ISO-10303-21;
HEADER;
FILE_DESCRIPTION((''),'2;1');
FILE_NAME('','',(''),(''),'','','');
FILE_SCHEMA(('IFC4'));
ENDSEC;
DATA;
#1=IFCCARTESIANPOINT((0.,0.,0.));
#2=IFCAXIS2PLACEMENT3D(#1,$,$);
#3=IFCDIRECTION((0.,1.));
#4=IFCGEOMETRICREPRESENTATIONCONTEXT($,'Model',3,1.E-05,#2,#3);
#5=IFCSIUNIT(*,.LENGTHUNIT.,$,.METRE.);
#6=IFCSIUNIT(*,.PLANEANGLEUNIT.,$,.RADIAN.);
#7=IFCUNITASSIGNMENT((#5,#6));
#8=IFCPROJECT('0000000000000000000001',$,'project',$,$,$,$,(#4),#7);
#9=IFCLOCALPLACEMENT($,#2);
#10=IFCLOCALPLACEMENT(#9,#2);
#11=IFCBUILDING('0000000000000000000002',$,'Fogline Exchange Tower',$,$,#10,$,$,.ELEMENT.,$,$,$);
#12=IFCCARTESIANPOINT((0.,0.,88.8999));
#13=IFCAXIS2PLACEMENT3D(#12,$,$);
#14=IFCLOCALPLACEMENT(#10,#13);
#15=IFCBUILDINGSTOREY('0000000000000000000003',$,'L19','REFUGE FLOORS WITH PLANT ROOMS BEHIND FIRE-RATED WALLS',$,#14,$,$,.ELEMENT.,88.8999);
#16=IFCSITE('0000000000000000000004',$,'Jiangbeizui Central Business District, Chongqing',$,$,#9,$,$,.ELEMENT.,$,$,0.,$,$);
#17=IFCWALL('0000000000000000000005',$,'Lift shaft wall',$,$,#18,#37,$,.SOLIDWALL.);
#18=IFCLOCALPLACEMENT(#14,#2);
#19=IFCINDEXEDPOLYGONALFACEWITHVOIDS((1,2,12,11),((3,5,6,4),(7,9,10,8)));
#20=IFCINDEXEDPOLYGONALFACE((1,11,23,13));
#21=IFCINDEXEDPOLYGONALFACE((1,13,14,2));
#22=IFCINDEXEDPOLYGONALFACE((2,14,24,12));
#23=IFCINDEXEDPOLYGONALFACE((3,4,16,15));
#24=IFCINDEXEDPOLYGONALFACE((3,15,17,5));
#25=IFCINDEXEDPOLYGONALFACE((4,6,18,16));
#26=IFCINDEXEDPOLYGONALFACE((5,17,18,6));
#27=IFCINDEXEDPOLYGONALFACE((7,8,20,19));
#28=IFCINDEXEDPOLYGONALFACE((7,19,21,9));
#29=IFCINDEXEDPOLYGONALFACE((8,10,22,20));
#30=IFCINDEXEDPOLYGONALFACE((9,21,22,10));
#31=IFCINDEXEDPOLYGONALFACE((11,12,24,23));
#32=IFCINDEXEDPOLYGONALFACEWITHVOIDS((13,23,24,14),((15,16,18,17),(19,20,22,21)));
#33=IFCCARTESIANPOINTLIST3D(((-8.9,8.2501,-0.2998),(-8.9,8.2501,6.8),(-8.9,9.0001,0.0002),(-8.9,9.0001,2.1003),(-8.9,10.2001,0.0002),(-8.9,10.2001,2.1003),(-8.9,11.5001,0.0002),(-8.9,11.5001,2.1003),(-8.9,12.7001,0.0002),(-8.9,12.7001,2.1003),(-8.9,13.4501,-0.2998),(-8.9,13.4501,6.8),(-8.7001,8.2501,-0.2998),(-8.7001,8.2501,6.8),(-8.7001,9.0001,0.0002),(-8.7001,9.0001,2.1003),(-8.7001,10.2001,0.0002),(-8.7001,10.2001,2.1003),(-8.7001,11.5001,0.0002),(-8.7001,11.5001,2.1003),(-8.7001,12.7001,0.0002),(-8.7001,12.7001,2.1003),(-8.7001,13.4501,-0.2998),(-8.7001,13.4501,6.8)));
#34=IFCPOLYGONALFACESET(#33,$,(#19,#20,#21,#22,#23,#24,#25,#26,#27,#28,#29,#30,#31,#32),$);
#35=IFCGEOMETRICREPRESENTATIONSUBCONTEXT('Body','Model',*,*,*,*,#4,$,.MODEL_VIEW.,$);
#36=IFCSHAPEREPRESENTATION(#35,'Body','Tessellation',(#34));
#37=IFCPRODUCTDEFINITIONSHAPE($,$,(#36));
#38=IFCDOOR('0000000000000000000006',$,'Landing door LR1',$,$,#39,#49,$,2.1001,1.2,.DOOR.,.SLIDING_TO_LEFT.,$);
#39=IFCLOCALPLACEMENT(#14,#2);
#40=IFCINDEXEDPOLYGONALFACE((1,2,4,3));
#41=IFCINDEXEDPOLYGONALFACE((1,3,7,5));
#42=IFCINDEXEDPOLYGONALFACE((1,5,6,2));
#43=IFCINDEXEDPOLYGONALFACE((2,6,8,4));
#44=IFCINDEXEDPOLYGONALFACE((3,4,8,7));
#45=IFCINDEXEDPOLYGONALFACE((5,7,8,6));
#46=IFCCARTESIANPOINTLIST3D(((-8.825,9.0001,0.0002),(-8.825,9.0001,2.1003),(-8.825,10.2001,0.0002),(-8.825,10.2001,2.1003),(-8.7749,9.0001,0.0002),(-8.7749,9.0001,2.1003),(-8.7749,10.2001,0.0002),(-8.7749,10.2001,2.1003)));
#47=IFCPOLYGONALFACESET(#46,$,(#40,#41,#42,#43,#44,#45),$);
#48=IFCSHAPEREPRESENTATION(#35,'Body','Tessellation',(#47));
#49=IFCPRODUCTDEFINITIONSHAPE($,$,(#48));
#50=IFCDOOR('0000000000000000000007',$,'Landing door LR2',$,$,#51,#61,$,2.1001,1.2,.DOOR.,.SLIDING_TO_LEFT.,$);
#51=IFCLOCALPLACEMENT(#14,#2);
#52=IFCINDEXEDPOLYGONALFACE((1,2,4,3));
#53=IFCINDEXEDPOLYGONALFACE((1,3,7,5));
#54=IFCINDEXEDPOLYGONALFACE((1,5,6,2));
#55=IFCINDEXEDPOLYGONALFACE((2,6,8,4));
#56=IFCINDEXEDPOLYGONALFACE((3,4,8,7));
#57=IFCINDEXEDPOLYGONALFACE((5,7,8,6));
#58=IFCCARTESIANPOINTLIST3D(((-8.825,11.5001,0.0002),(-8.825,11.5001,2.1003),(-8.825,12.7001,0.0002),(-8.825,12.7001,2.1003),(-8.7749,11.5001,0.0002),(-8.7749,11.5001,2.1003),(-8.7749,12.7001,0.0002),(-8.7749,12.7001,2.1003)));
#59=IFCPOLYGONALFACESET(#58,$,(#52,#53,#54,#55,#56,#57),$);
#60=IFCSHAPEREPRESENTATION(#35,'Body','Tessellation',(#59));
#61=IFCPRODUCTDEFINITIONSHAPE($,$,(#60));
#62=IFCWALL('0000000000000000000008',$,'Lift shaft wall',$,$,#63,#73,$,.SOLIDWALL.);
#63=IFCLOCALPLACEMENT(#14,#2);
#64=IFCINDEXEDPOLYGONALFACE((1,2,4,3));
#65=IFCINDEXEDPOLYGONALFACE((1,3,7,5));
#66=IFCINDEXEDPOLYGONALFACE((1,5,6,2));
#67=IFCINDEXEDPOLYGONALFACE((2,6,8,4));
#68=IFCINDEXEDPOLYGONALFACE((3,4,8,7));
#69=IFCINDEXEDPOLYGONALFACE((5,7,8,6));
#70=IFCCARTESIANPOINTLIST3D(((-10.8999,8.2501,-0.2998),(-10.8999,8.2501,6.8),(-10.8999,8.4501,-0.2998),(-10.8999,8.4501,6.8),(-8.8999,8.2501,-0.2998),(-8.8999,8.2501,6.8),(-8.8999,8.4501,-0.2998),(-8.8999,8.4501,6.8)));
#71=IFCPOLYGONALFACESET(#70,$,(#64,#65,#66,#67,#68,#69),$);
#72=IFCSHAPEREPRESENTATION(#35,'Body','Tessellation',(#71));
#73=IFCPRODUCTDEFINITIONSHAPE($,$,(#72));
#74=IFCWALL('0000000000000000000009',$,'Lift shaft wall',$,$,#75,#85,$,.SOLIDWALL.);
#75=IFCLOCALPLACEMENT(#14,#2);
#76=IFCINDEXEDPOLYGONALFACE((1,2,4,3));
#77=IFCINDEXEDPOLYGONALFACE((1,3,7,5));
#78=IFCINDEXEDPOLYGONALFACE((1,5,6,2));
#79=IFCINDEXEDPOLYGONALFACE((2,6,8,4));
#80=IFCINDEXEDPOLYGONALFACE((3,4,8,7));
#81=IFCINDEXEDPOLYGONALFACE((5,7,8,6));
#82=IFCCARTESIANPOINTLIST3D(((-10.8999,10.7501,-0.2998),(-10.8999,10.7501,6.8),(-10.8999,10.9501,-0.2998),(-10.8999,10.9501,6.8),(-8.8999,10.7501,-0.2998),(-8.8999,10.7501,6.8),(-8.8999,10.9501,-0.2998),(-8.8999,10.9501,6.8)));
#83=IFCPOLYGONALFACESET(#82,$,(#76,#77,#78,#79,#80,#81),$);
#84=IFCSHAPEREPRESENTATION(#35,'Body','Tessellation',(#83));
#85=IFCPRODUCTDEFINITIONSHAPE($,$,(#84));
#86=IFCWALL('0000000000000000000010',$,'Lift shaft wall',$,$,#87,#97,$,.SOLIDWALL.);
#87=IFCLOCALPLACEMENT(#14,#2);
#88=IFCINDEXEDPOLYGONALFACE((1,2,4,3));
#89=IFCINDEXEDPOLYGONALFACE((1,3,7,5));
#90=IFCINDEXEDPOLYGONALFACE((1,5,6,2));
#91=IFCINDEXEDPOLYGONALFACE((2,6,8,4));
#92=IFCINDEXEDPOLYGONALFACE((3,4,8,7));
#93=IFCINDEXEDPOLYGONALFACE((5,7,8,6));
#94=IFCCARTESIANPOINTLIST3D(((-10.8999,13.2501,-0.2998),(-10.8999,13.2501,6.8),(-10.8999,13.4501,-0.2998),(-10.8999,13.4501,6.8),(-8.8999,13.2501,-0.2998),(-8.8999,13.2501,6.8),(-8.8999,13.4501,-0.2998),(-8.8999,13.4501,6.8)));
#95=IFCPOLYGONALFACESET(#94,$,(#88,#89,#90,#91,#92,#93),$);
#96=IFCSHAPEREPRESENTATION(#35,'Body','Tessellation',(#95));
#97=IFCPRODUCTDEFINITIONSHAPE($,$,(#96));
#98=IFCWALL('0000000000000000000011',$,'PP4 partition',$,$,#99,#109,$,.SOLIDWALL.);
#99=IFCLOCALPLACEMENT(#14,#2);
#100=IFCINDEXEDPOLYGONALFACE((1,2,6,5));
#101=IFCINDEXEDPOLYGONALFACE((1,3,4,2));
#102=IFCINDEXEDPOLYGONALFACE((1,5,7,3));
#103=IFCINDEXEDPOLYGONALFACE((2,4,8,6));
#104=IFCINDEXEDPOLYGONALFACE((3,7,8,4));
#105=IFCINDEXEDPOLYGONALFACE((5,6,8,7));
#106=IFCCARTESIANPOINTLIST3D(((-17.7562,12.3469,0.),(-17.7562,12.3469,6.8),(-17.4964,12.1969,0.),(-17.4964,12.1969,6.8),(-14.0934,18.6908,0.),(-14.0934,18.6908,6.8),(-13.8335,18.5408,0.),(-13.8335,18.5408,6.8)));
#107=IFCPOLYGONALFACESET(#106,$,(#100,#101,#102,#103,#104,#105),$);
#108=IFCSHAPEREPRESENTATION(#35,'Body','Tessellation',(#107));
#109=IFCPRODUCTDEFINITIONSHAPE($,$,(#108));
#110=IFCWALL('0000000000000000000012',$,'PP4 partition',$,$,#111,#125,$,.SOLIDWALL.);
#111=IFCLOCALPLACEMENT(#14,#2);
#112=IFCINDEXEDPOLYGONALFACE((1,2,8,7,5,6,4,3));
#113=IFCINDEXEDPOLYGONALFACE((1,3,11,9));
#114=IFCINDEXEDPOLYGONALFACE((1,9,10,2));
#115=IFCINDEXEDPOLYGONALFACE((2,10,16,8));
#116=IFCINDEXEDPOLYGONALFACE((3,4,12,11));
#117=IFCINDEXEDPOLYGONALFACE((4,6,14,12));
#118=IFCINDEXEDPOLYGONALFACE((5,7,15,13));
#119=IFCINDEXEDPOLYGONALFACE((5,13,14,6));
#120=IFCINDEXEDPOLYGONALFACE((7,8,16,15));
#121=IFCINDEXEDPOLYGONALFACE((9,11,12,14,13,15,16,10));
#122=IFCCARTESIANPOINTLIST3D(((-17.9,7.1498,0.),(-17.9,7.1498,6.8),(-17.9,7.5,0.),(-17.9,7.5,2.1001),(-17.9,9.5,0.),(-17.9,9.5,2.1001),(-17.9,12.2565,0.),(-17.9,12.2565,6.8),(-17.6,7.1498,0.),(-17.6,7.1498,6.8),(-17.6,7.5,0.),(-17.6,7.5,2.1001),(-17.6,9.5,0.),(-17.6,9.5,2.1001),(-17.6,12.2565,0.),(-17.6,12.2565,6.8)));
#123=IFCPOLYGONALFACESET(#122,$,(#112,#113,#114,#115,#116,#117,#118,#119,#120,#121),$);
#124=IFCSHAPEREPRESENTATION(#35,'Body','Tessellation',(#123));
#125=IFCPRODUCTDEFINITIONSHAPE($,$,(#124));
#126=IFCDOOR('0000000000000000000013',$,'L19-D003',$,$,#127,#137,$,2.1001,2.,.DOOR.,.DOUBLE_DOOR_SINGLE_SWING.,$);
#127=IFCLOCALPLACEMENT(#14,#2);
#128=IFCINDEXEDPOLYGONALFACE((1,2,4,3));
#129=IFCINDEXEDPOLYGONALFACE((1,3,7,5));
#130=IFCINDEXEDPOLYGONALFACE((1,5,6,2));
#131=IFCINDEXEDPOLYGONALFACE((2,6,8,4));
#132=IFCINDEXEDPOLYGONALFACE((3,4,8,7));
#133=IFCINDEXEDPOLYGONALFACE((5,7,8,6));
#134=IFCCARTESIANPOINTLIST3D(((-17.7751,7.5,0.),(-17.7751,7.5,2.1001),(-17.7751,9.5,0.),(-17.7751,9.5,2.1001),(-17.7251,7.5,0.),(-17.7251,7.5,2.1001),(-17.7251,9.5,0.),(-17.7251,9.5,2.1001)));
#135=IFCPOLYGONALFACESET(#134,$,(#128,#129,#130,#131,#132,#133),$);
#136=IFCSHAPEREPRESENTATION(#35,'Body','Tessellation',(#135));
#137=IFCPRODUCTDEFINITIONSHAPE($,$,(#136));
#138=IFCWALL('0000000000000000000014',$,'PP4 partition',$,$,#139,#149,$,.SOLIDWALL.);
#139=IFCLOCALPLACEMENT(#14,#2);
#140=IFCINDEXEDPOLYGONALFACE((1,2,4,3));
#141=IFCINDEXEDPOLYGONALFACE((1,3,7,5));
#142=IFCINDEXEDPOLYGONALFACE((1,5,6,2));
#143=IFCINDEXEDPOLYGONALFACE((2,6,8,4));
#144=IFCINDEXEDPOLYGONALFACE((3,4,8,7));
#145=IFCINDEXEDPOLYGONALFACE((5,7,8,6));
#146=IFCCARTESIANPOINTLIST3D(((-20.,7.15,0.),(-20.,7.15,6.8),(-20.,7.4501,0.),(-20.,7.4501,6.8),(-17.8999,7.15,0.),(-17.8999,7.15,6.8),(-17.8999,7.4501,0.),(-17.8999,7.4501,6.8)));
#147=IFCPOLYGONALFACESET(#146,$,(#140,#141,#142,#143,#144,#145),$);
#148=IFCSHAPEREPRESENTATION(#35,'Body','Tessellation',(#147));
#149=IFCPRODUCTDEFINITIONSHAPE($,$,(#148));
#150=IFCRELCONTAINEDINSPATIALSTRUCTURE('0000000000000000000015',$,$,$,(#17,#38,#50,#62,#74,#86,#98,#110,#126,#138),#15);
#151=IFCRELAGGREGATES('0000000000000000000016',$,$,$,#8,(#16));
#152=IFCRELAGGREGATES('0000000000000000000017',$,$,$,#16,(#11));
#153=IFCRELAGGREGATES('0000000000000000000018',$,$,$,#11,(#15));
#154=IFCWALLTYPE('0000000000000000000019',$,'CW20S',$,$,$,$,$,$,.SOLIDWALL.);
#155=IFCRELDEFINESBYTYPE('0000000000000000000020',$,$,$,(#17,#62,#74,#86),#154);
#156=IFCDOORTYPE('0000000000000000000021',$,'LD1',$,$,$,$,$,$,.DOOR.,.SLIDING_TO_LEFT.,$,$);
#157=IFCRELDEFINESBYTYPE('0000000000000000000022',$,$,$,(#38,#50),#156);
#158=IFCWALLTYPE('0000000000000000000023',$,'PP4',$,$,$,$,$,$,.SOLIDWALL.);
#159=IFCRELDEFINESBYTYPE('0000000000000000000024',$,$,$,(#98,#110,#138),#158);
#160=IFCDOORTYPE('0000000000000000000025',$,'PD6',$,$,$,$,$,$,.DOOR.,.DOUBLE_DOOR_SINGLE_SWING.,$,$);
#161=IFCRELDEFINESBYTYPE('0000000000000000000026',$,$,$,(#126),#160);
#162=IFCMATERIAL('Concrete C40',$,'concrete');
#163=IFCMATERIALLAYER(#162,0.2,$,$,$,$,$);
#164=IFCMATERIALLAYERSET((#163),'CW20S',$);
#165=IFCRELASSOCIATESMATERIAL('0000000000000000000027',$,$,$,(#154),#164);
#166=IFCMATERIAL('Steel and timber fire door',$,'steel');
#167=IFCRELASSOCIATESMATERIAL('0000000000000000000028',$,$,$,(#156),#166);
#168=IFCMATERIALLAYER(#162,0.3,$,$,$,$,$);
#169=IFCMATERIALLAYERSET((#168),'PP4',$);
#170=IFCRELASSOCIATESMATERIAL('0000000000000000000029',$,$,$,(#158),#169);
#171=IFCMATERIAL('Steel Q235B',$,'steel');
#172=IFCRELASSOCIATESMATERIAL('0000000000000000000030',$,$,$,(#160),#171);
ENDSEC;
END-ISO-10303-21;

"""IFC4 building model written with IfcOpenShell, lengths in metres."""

from ifc_helpers import new_model, si_unit, direction, frame, frame_2d, origin, place, context, subcontext, project, spatial, rectangle, extrude, material, layer, layer_set, type_object, element, fill, save


model = new_model("IFC4")

# Units and contexts
model_context = context("Model", 3, precision=1e-05, world=origin(), true_north=direction((0.0, 1.0)))
body_context = subcontext(model_context, "Body", "Model", "MODEL_VIEW")
ifc_project = project(units=[si_unit("LENGTHUNIT", "METRE"), si_unit("PLANEANGLEUNIT", "RADIAN")], contexts=[model_context])

# Site, building, storey
site_placement = place(None, origin())
site = spatial("IfcSite", under=ifc_project, at=site_placement, Name="Jiangbeizui Central Business District, Chongqing", CompositionType="ELEMENT", RefElevation=0.0)
building_placement = place(site_placement, origin())
building = spatial("IfcBuilding", under=site, at=building_placement, Name="Fogline Exchange Tower", CompositionType="ELEMENT")
storey_placement = place(building_placement, frame((0.0, 0.0, 88.8999)))
storey = spatial("IfcBuildingStorey", under=building, at=storey_placement, Name="L19", Description="REFUGE FLOORS WITH PLANT ROOMS BEHIND FIRE-RATED WALLS", CompositionType="ELEMENT", Elevation=88.8999)

# Shared definitions
ifc_material_1 = material(Name="Concrete C40", Category="concrete")

# Shared definitions
ifc_material_2 = material(Name="Steel and timber fire door", Category="steel")

# Wall, openings, doors
ifc_layer_1 = layer(ifc_material_1, 0.2)
ifc_layer_set_1 = layer_set([ifc_layer_1], Name="CW20S")
wall_type_1 = type_object("IfcWallType", Name="CW20S", PredefinedType="SOLIDWALL", material=ifc_layer_set_1)
wall_1_placement = place(storey_placement, frame((-8.8, 8.25, -0.2998), z_axis=(0.0, 0.0, 1.0), x_axis=(0.0, 1.0, 0.0)))
wall_1 = element("IfcWall", 1, at=wall_1_placement, inside=storey, type_object=wall_type_1, Name="Lift shaft wall", PredefinedType="SOLIDWALL", context=body_context, shape_type="SweptSolid", body=[
    extrude(rectangle(XDim=5.2, YDim=0.2, at=frame_2d((2.6001, 0.0))), origin(), (0.0, 0.0, 1.0), 7.0999),
])
opening_1_placement = place(wall_1_placement, frame((0.75, 0.0, 0.3)))
opening_1 = element("IfcOpeningElement", 2, at=opening_1_placement, cuts=wall_1, PredefinedType="OPENING", context=body_context, shape_type="SweptSolid", body=[
    extrude(rectangle(XDim=1.2, YDim=2.1001, at=frame_2d((0.6001, 1.05))), frame((0.0, 0.1099, 0.0), z_axis=(0.0, -1.0, 0.0), x_axis=(1.0, 0.0, 0.0)), (0.0, 0.0, 1.0), 0.22),
])
opening_2_placement = place(wall_1_placement, frame((3.25, 0.0, 0.3)))
opening_2 = element("IfcOpeningElement", 3, at=opening_2_placement, cuts=wall_1, PredefinedType="OPENING", context=body_context, shape_type="SweptSolid", body=[
    extrude(rectangle(XDim=1.2, YDim=2.1001, at=frame_2d((0.6001, 1.05))), frame((0.0, 0.1099, 0.0), z_axis=(0.0, -1.0, 0.0), x_axis=(1.0, 0.0, 0.0)), (0.0, 0.0, 1.0), 0.22),
])
door_type_1 = type_object("IfcDoorType", Name="LD1", OperationType="SLIDING_TO_LEFT", PredefinedType="DOOR", material=ifc_material_2)
door_1_placement = place(opening_1_placement, origin())
door_1 = element("IfcDoor", 4, at=door_1_placement, inside=storey, type_object=door_type_1, Name="Landing door LR1", OperationType="SLIDING_TO_LEFT", OverallHeight=2.1001, OverallWidth=1.2, PredefinedType="DOOR", context=body_context, shape_type="SweptSolid", body=[
    extrude(rectangle(XDim=1.2, YDim=2.1001, at=frame_2d((0.6001, 1.05))), frame((0.0, 0.0249, 0.0), z_axis=(0.0, -1.0, 0.0), x_axis=(1.0, 0.0, 0.0)), (0.0, 0.0, 1.0), 0.05),
])
fill(opening_1, door_1)
door_2_placement = place(opening_2_placement, origin())
door_2 = element("IfcDoor", 5, at=door_2_placement, inside=storey, type_object=door_type_1, Name="Landing door LR2", OperationType="SLIDING_TO_LEFT", OverallHeight=2.1001, OverallWidth=1.2, PredefinedType="DOOR", context=body_context, shape_type="SweptSolid", body=[
    extrude(rectangle(XDim=1.2, YDim=2.1001, at=frame_2d((0.6001, 1.05))), frame((0.0, 0.0249, 0.0), z_axis=(0.0, -1.0, 0.0), x_axis=(1.0, 0.0, 0.0)), (0.0, 0.0, 1.0), 0.05),
])
fill(opening_2, door_2)

# Walls
for number, where, z_axis, x_axis, name in (
    (6, (-10.8999, 8.3501, -0.2998), (0.0, 0.0, 1.0), (1.0, 0.0, 0.0), "Lift shaft wall"),
    (7, (-10.8999, 10.8501, -0.2998), (0.0, 0.0, 1.0), (1.0, 0.0, 0.0), "Lift shaft wall"),
    (8, (-10.8999, 13.3501, -0.2998), (0.0, 0.0, 1.0), (1.0, 0.0, 0.0), "Lift shaft wall"),
):
    element("IfcWall", number, at=place(storey_placement, frame(where, z_axis=z_axis, x_axis=x_axis)), inside=storey, type_object=wall_type_1, Name=name, PredefinedType="SOLIDWALL", context=body_context, shape_type="SweptSolid", body=[
        extrude(rectangle(XDim=2.0, YDim=0.2, at=frame_2d((1.0, 0.0))), origin(), (0.0, 0.0, 1.0), 7.0999),
    ])
ifc_layer_2 = layer(ifc_material_1, 0.3)
ifc_layer_set_2 = layer_set([ifc_layer_2], Name="PP4")
wall_type_2 = type_object("IfcWallType", Name="PP4", PredefinedType="SOLIDWALL", material=ifc_layer_set_2)
wall_2_placement = place(storey_placement, frame((-17.6262, 12.272, 0.0), z_axis=(0.0, 0.0, 1.0), x_axis=(0.500014, 0.866017, 0.0)))
element("IfcWall", 9, at=wall_2_placement, inside=storey, type_object=wall_type_2, Name="PP4 partition", PredefinedType="SOLIDWALL", context=body_context, shape_type="SweptSolid", body=[
    extrude(rectangle(XDim=7.3254, YDim=0.3, at=frame_2d((3.6626, 0.0))), origin(), (0.0, 0.0, 1.0), 6.8),
])

# Wall, opening, door
wall_3_placement = place(storey_placement, frame((-17.75, 7.1499, 0.0), z_axis=(0.0, 0.0, 1.0), x_axis=(0.0, 1.0, 0.0)))
wall_3 = element("IfcWall", 10, at=wall_3_placement, inside=storey, type_object=wall_type_2, Name="PP4 partition", PredefinedType="SOLIDWALL", context=body_context, shape_type="SweptSolid", body=[
    extrude(rectangle(XDim=5.1067, YDim=0.3, at=frame_2d((2.5532, 0.0))), origin(), (0.0, 0.0, 1.0), 6.8),
])
opening_3_placement = place(wall_3_placement, frame((0.3501, 0.0, 0.0)))
opening_3 = element("IfcOpeningElement", 11, at=opening_3_placement, cuts=wall_3, PredefinedType="OPENING", context=body_context, shape_type="SweptSolid", body=[
    extrude(rectangle(XDim=2.0, YDim=2.1001, at=frame_2d((1.0, 1.05))), frame((0.0, 0.1602, 0.0), z_axis=(0.0, -1.0, 0.0), x_axis=(1.0, 0.0, 0.0)), (0.0, 0.0, 1.0), 0.3201),
])
ifc_material_3 = material(Name="Steel Q235B", Category="steel")
door_type_2 = type_object("IfcDoorType", Name="PD6", OperationType="DOUBLE_DOOR_SINGLE_SWING", PredefinedType="DOOR", material=ifc_material_3)
door_3_placement = place(opening_3_placement, frame((2.0, 0.0, 0.0), z_axis=(0.0, 0.0, 1.0), x_axis=(-1.0, 0.0, 0.0)))
door_3 = element("IfcDoor", 12, at=door_3_placement, inside=storey, type_object=door_type_2, Name="L19-D003", OperationType="DOUBLE_DOOR_SINGLE_SWING", OverallHeight=2.1001, OverallWidth=2.0, PredefinedType="DOOR", context=body_context, shape_type="SweptSolid", body=[
    extrude(rectangle(XDim=2.0, YDim=2.1001, at=frame_2d((1.0, 1.05))), frame((0.0, 0.0249, 0.0), z_axis=(0.0, -1.0, 0.0), x_axis=(1.0, 0.0, 0.0)), (0.0, 0.0, 1.0), 0.05),
])
fill(opening_3, door_3)

# Wall
wall_4_placement = place(storey_placement, frame((-20.0, 7.3, 0.0), z_axis=(0.0, 0.0, 1.0), x_axis=(1.0, 0.0, 0.0)))
element("IfcWall", 13, at=wall_4_placement, inside=storey, type_object=wall_type_2, Name="PP4 partition", PredefinedType="SOLIDWALL", context=body_context, shape_type="SweptSolid", body=[
    extrude(rectangle(XDim=2.1001, YDim=0.3, at=frame_2d((1.05, 0.0))), origin(), (0.0, 0.0, 1.0), 6.8),
])

save(model, "model.ifc")
